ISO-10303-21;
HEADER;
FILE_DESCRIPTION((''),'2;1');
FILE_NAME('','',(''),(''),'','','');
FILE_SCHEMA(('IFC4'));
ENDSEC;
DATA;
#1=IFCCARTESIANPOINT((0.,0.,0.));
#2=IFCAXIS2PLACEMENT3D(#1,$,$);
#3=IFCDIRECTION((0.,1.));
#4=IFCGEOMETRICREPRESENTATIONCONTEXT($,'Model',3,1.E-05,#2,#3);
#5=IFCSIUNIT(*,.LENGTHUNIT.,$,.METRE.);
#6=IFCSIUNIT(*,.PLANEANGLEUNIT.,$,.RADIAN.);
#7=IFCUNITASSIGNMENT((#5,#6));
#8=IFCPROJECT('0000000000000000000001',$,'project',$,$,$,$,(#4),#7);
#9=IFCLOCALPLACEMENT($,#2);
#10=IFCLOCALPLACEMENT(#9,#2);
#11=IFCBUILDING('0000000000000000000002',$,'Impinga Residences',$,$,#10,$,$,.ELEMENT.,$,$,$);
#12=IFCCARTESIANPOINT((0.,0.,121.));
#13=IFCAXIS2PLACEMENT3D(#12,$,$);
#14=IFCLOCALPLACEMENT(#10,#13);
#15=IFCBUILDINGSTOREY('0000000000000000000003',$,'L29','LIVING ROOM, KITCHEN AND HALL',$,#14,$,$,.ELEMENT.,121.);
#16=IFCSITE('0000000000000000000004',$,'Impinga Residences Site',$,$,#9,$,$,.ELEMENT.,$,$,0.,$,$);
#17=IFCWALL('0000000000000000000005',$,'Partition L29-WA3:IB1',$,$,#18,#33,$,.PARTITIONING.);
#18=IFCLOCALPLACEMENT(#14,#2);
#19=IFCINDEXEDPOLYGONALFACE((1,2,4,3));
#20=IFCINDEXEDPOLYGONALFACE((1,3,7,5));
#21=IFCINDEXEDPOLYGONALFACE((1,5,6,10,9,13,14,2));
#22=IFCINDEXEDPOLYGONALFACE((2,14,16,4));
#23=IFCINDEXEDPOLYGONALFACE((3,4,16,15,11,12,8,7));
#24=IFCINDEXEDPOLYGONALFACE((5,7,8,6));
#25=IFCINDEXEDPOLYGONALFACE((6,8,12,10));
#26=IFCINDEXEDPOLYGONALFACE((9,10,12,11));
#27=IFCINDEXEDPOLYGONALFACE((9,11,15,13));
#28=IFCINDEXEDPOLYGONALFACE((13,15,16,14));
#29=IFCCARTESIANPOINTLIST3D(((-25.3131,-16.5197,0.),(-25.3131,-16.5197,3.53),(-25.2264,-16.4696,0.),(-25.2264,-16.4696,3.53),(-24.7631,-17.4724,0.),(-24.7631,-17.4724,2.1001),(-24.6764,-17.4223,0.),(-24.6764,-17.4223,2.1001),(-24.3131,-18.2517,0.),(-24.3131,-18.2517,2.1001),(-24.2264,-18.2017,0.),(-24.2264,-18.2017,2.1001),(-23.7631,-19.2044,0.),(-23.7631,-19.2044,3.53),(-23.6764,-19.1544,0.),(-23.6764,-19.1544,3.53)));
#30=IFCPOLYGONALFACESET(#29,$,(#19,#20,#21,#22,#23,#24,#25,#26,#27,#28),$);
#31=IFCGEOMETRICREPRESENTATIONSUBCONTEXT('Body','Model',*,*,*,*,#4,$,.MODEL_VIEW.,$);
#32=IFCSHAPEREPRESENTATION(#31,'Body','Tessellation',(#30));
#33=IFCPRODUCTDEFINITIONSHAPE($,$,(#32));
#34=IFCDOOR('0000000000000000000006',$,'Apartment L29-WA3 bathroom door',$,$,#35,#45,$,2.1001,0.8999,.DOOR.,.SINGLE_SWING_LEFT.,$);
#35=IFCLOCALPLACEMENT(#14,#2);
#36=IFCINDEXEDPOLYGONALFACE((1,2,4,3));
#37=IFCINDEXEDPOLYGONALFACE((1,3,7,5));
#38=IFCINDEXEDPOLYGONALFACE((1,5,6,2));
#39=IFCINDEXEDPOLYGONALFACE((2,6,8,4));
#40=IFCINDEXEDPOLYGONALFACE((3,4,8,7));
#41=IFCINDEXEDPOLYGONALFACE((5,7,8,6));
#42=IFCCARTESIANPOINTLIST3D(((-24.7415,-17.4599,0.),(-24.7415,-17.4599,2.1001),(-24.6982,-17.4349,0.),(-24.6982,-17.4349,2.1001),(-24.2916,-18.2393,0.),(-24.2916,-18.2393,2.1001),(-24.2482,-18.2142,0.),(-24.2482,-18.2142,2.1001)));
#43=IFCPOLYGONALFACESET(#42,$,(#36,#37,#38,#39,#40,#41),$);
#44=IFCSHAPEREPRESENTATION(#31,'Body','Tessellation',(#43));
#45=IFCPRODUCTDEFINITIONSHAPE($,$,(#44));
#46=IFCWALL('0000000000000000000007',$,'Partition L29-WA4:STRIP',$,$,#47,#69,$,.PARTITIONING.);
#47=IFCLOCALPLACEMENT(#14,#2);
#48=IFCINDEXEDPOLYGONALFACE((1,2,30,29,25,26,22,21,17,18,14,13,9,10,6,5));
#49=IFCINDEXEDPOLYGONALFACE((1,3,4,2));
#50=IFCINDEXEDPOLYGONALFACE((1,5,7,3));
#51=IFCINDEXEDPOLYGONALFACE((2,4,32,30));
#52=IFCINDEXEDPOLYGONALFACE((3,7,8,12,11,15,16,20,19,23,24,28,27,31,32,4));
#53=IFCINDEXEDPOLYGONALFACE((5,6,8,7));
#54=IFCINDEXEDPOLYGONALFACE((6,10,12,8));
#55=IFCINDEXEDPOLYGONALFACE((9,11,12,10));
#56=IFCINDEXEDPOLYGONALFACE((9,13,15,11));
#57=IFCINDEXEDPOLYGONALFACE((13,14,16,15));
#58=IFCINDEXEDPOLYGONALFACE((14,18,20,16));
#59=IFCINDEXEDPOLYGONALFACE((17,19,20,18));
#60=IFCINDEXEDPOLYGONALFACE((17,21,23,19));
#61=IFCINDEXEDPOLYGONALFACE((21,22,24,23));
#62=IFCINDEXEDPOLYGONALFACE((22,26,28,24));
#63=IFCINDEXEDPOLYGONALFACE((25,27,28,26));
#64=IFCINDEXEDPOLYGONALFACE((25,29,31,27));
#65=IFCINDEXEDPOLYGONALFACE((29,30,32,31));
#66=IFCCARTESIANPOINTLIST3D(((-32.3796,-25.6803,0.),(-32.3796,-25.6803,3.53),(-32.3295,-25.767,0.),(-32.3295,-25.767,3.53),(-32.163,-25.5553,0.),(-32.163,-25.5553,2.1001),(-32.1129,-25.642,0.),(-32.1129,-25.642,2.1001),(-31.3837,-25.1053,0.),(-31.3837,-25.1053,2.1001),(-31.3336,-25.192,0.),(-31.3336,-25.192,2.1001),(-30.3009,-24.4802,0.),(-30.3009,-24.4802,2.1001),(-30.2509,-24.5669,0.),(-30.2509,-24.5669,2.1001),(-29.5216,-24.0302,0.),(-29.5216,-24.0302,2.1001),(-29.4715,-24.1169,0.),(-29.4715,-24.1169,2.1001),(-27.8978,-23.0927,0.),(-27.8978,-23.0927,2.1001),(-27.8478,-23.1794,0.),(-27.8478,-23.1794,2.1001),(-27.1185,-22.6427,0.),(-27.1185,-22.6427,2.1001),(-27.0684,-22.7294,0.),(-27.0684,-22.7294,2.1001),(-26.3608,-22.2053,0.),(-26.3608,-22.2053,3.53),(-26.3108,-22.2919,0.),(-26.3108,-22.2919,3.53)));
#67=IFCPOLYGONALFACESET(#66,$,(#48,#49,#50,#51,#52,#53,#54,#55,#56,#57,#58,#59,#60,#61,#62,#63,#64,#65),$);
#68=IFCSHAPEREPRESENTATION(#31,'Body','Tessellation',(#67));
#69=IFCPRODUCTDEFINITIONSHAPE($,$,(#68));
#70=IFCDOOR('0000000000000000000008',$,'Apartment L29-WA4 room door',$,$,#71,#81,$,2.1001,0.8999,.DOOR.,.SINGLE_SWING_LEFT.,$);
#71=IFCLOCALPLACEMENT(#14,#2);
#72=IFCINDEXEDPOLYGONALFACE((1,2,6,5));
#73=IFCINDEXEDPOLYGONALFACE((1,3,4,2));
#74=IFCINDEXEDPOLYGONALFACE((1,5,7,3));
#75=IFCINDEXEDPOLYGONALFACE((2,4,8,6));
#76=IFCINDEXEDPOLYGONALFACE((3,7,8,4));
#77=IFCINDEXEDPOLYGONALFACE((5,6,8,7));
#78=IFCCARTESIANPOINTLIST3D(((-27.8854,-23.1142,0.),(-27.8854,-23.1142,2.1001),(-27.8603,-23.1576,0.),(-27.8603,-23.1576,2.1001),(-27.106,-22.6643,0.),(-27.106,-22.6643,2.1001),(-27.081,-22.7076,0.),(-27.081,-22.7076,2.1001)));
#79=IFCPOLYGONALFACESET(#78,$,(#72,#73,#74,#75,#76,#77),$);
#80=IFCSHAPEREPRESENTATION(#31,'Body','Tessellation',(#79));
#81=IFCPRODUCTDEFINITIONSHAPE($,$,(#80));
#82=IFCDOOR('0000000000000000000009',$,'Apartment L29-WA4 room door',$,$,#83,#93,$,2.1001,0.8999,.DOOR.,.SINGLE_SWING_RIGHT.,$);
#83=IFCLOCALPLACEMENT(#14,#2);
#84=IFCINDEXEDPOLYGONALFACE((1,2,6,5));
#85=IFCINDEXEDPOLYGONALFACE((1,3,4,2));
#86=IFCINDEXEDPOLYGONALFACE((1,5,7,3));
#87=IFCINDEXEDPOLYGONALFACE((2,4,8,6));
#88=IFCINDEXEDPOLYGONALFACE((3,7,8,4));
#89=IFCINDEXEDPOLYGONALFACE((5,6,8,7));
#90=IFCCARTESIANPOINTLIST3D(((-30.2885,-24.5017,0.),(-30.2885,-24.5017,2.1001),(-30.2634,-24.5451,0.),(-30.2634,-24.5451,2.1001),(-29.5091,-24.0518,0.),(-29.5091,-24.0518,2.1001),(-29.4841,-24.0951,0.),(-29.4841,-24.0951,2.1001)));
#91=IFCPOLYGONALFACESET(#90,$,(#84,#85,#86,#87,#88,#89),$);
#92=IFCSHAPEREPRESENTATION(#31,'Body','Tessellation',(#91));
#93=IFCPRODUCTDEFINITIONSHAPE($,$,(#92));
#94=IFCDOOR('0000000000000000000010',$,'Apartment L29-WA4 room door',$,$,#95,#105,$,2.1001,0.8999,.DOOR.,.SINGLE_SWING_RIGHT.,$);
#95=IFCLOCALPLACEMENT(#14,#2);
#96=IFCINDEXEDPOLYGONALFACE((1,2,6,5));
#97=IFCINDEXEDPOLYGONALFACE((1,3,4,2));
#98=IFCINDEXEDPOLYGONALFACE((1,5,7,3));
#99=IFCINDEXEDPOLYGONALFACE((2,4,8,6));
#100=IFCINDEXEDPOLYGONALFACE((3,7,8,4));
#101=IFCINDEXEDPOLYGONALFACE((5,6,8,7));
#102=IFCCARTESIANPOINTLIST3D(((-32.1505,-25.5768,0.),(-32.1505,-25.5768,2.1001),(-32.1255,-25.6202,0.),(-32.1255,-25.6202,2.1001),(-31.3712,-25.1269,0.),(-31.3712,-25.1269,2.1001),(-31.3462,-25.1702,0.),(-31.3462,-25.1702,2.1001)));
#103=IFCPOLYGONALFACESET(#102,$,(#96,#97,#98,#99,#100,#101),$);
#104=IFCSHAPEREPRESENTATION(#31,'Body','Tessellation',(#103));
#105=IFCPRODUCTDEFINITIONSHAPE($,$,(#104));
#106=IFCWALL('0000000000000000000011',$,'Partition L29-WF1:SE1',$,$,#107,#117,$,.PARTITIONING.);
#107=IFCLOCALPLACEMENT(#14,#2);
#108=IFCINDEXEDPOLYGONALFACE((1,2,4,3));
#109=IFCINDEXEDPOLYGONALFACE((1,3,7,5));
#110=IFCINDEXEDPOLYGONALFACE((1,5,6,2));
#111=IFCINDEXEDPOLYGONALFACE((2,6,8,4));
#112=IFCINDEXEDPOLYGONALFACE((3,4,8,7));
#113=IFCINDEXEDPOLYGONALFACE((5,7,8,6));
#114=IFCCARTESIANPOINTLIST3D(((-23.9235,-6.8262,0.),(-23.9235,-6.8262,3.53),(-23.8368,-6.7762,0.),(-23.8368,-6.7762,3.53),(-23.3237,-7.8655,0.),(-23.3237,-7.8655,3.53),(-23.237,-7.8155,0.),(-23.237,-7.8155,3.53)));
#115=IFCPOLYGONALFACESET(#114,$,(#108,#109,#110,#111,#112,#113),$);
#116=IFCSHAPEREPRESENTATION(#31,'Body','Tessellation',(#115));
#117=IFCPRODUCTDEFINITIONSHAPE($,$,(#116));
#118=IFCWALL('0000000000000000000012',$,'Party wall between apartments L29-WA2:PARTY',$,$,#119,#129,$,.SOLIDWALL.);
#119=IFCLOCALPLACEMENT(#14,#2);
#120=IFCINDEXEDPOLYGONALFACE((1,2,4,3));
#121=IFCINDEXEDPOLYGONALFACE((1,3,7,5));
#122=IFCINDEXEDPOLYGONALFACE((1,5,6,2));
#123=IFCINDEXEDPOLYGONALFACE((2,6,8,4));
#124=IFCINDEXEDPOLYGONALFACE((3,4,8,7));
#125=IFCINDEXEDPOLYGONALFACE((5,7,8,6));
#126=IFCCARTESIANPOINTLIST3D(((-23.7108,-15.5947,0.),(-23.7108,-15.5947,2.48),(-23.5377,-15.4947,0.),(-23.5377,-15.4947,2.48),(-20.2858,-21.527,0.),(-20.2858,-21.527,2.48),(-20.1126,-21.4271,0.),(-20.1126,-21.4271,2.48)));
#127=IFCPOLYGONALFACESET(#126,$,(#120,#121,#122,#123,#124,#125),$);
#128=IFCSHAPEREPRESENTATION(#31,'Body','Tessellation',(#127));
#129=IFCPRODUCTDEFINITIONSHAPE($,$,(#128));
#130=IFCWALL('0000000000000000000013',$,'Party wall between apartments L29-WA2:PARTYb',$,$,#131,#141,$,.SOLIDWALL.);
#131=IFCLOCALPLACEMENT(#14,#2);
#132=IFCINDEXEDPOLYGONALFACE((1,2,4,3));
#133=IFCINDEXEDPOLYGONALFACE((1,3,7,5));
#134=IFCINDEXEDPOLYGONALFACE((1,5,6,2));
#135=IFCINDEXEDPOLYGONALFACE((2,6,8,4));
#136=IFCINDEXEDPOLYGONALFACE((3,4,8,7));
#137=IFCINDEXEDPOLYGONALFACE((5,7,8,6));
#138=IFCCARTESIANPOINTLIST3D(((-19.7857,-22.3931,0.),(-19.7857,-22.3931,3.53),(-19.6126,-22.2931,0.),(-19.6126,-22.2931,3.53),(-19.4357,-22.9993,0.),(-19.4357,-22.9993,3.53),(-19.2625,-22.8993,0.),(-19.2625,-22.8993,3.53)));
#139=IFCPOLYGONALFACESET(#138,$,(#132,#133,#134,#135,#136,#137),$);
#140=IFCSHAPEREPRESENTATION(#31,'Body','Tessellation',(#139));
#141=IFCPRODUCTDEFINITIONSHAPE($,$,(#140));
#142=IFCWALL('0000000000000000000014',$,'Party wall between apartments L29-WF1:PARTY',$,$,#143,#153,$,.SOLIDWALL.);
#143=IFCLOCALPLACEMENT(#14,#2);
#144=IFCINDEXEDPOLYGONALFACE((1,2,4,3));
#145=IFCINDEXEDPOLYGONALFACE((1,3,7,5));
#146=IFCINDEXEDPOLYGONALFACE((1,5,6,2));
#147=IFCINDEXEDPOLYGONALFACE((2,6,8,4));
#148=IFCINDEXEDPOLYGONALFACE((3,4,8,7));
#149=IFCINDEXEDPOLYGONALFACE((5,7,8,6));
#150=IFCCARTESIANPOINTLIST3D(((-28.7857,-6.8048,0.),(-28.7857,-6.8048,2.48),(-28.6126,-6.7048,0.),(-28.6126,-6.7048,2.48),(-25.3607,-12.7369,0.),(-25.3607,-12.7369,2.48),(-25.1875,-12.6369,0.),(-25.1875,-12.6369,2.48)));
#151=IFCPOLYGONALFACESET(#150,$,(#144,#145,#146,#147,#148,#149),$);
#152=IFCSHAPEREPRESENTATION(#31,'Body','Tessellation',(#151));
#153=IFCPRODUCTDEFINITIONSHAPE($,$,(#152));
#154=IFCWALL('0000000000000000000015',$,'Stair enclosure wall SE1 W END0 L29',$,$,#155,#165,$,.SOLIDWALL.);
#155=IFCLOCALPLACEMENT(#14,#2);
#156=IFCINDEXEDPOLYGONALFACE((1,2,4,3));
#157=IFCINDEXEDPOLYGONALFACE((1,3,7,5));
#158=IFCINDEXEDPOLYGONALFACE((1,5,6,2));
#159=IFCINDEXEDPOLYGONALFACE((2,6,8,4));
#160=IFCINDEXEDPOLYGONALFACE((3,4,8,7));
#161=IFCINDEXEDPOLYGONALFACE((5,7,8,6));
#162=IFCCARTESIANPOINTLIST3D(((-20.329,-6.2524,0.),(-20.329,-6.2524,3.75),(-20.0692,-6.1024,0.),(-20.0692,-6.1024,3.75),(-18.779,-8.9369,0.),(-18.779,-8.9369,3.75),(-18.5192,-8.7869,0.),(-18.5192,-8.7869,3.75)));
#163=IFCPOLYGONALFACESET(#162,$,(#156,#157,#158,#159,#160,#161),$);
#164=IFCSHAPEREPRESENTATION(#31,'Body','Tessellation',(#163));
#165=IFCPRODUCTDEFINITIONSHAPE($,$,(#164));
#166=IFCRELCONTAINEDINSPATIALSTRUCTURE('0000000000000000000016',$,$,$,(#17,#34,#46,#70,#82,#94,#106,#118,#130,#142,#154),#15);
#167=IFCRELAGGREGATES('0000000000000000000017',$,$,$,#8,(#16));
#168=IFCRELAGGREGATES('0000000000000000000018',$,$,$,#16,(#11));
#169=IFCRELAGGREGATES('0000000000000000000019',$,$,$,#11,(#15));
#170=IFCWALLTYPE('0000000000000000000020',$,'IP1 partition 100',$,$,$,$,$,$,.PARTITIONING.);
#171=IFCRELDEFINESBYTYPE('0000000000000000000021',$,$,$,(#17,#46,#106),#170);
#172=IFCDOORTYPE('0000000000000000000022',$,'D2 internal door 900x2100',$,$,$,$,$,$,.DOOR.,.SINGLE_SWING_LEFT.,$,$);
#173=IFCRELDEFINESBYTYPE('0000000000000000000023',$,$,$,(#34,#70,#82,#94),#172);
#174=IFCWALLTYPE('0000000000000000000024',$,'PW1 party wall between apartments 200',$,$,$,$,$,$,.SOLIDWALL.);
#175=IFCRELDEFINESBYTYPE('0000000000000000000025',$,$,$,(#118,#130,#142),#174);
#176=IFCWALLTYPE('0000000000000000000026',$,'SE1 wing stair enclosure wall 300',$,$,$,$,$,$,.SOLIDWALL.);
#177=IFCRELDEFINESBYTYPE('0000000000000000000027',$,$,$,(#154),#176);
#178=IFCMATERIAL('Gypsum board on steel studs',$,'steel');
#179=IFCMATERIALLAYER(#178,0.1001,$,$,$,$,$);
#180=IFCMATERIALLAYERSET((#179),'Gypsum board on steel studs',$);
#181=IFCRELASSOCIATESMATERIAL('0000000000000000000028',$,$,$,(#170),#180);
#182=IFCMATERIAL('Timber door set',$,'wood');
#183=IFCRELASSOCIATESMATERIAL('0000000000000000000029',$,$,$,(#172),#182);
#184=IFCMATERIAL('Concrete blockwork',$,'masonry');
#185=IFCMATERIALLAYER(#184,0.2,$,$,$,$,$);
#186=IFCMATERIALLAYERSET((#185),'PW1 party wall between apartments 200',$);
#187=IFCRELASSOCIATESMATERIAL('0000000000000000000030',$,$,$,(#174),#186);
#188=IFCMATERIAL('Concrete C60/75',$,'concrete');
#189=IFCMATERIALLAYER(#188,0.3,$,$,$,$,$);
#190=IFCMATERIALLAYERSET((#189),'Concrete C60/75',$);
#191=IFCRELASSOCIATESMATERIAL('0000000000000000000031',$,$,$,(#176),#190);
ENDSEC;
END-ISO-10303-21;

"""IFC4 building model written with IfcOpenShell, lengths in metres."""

from ifc_helpers import new_model, si_unit, direction, frame, frame_2d, origin, place, context, subcontext, project, spatial, rectangle, extrude, material, layer, layer_set, type_object, element, fill, save


model = new_model("IFC4")

# Units and contexts
model_context = context("Model", 3, precision=1e-05, world=origin(), true_north=direction((0.0, 1.0)))
body_context = subcontext(model_context, "Body", "Model", "MODEL_VIEW")
ifc_project = project(units=[si_unit("LENGTHUNIT", "METRE"), si_unit("PLANEANGLEUNIT", "RADIAN")], contexts=[model_context])

# Site, building, storey
site_placement = place(None, origin())
site = spatial("IfcSite", under=ifc_project, at=site_placement, Name="Impinga Residences Site", CompositionType="ELEMENT", RefElevation=0.0)
building_placement = place(site_placement, origin())
building = spatial("IfcBuilding", under=site, at=building_placement, Name="Impinga Residences", CompositionType="ELEMENT")
storey_placement = place(building_placement, frame((0.0, 0.0, 121.0)))
storey = spatial("IfcBuildingStorey", under=building, at=storey_placement, Name="L29", Description="LIVING ROOM, KITCHEN AND HALL", CompositionType="ELEMENT", Elevation=121.0)

# Shared definitions
ifc_material_1 = material(Name="Concrete C60/75", Category="concrete")

# Shared definitions
ifc_material_2 = material(Name="Gypsum board on steel studs", Category="steel")
ifc_layer_1 = layer(ifc_material_2, 0.1001)
ifc_layer_set_1 = layer_set([ifc_layer_1], Name="Gypsum board on steel studs")
wall_type_1 = type_object("IfcWallType", Name="IP1 partition 100", PredefinedType="PARTITIONING", material=ifc_layer_set_1)

# Shared definitions
ifc_material_3 = material(Name="Timber door set", Category="wood")
door_type = type_object("IfcDoorType", Name="D2 internal door 900x2100", OperationType="SINGLE_SWING_LEFT", PredefinedType="DOOR", material=ifc_material_3)

# Wall, opening, door
wall_1_placement = place(storey_placement, frame((-25.2698, -16.4946, 0.0), z_axis=(0.0, 0.0, 1.0), x_axis=(0.499993, -0.86603, 0.0)))
wall_1 = element("IfcWall", 1, at=wall_1_placement, inside=storey, type_object=wall_type_1, Name="Partition L29-WA3:IB1", PredefinedType="PARTITIONING", context=body_context, shape_type="SweptSolid", body=[
    extrude(rectangle(XDim=3.1001, YDim=0.1001, at=frame_2d((1.55, 0.0))), origin(), (0.0, 0.0, 1.0), 3.53),
])
opening_1_placement = place(wall_1_placement, frame((1.1001, 0.0, 0.0)))
opening_1 = element("IfcOpeningElement", 2, at=opening_1_placement, cuts=wall_1, PredefinedType="OPENING", context=body_context, shape_type="SweptSolid", body=[
    extrude(rectangle(XDim=0.8999, YDim=2.1001, at=frame_2d((0.45, 1.05))), frame((0.0, 0.0601, 0.0), z_axis=(0.0, -1.0, 0.0), x_axis=(1.0, 0.0, 0.0)), (0.0, 0.0, 1.0), 0.1201),
])
door_1_placement = place(opening_1_placement, origin())
door_1 = element("IfcDoor", 3, at=door_1_placement, inside=storey, type_object=door_type, Name="Apartment L29-WA3 bathroom door", OperationType="SINGLE_SWING_LEFT", OverallHeight=2.1001, OverallWidth=0.8999, PredefinedType="DOOR", context=body_context, shape_type="SweptSolid", body=[
    extrude(rectangle(XDim=0.8999, YDim=2.1001, at=frame_2d((0.45, 1.05))), frame((0.0, 0.0249, 0.0), z_axis=(0.0, -1.0, 0.0), x_axis=(1.0, 0.0, 0.0)), (0.0, 0.0, 1.0), 0.05),
])
fill(opening_1, door_1)

# Wall, openings, doors
wall_2_placement = place(storey_placement, frame((-26.3357, -22.2485, 0.0), z_axis=(0.0, 0.0, 1.0), x_axis=(-0.866017, -0.500015, 0.0)))
wall_2 = element("IfcWall", 4, at=wall_2_placement, inside=storey, type_object=wall_type_1, Name="Partition L29-WA4:STRIP", PredefinedType="PARTITIONING", context=body_context, shape_type="SweptSolid", body=[
    extrude(rectangle(XDim=6.95, YDim=0.1001, at=frame_2d((3.4751, 0.0))), origin(), (0.0, 0.0, 1.0), 3.53),
])
opening_2_placement = place(wall_2_placement, frame((0.875, 0.0, 0.0)))
opening_2 = element("IfcOpeningElement", 5, at=opening_2_placement, cuts=wall_2, PredefinedType="OPENING", context=body_context, shape_type="SweptSolid", body=[
    extrude(rectangle(XDim=0.8999, YDim=2.1001, at=frame_2d((0.45, 1.05))), frame((0.0, 0.0601, 0.0), z_axis=(0.0, -1.0, 0.0), x_axis=(1.0, 0.0, 0.0)), (0.0, 0.0, 1.0), 0.1201),
])
opening_3_placement = place(wall_2_placement, frame((3.6499, 0.0, 0.0)))
opening_3 = element("IfcOpeningElement", 6, at=opening_3_placement, cuts=wall_2, PredefinedType="OPENING", context=body_context, shape_type="SweptSolid", body=[
    extrude(rectangle(XDim=0.8999, YDim=2.1001, at=frame_2d((0.45, 1.05))), frame((0.0, 0.0601, 0.0), z_axis=(0.0, -1.0, 0.0), x_axis=(1.0, 0.0, 0.0)), (0.0, 0.0, 1.0), 0.1201),
])
opening_4_placement = place(wall_2_placement, frame((5.8, 0.0, 0.0)))
opening_4 = element("IfcOpeningElement", 7, at=opening_4_placement, cuts=wall_2, PredefinedType="OPENING", context=body_context, shape_type="SweptSolid", body=[
    extrude(rectangle(XDim=0.8999, YDim=2.1001, at=frame_2d((0.45, 1.05))), frame((0.0, 0.0601, 0.0), z_axis=(0.0, -1.0, 0.0), x_axis=(1.0, 0.0, 0.0)), (0.0, 0.0, 1.0), 0.1201),
])
door_2_placement = place(opening_2_placement, origin())
door_2 = element("IfcDoor", 8, at=door_2_placement, inside=storey, type_object=door_type, Name="Apartment L29-WA4 room door", OperationType="SINGLE_SWING_LEFT", OverallHeight=2.1001, OverallWidth=0.8999, PredefinedType="DOOR", context=body_context, shape_type="SweptSolid", body=[
    extrude(rectangle(XDim=0.8999, YDim=2.1001, at=frame_2d((0.45, 1.05))), frame((0.0, 0.0249, 0.0), z_axis=(0.0, -1.0, 0.0), x_axis=(1.0, 0.0, 0.0)), (0.0, 0.0, 1.0), 0.05),
])
fill(opening_2, door_2)
door_3_placement = place(opening_3_placement, origin())
door_3 = element("IfcDoor", 9, at=door_3_placement, inside=storey, type_object=door_type, Name="Apartment L29-WA4 room door", OperationType="SINGLE_SWING_RIGHT", OverallHeight=2.1001, OverallWidth=0.8999, PredefinedType="DOOR", context=body_context, shape_type="SweptSolid", body=[
    extrude(rectangle(XDim=0.8999, YDim=2.1001, at=frame_2d((0.45, 1.05))), frame((0.0, 0.0249, 0.0), z_axis=(0.0, -1.0, 0.0), x_axis=(1.0, 0.0, 0.0)), (0.0, 0.0, 1.0), 0.05),
])
fill(opening_3, door_3)
door_4_placement = place(opening_4_placement, origin())
door_4 = element("IfcDoor", 10, at=door_4_placement, inside=storey, type_object=door_type, Name="Apartment L29-WA4 room door", OperationType="SINGLE_SWING_RIGHT", OverallHeight=2.1001, OverallWidth=0.8999, PredefinedType="DOOR", context=body_context, shape_type="SweptSolid", body=[
    extrude(rectangle(XDim=0.8999, YDim=2.1001, at=frame_2d((0.45, 1.05))), frame((0.0, 0.0249, 0.0), z_axis=(0.0, -1.0, 0.0), x_axis=(1.0, 0.0, 0.0)), (0.0, 0.0, 1.0), 0.05),
])
fill(opening_4, door_4)

# Walls
wall_3_placement = place(storey_placement, frame((-23.2803, -7.8406, 0.0), z_axis=(0.0, 0.0, 1.0), x_axis=(-0.499881, 0.866094, 0.0)))
element("IfcWall", 11, at=wall_3_placement, inside=storey, type_object=wall_type_1, Name="Partition L29-WF1:SE1", PredefinedType="PARTITIONING", context=body_context, shape_type="SweptSolid", body=[
    extrude(rectangle(XDim=1.2, YDim=0.1001, at=frame_2d((0.6001, 0.0))), origin(), (0.0, 0.0, 1.0), 3.53),
])
ifc_material_4 = material(Name="Concrete blockwork", Category="masonry")
ifc_layer_2 = layer(ifc_material_4, 0.2)
ifc_layer_set_2 = layer_set([ifc_layer_2], Name="PW1 party wall between apartments 200")
wall_type_2 = type_object("IfcWallType", Name="PW1 party wall between apartments 200", PredefinedType="SOLIDWALL", material=ifc_layer_set_2)
wall_4_placement = place(storey_placement, frame((-23.6243, -15.5447, 0.0), z_axis=(0.0, 0.0, 1.0), x_axis=(0.499999, -0.866026, 0.0)))
element("IfcWall", 12, at=wall_4_placement, inside=storey, type_object=wall_type_2, Name="Party wall between apartments L29-WA2:PARTY", PredefinedType="SOLIDWALL", context=body_context, shape_type="SweptSolid", body=[
    extrude(rectangle(XDim=6.8501, YDim=0.2, at=frame_2d((3.425, 0.0))), origin(), (0.0, 0.0, 1.0), 2.48),
])
wall_5_placement = place(storey_placement, frame((-19.6992, -22.343, 0.0), z_axis=(0.0, 0.0, 1.0), x_axis=(0.500115, -0.865959, 0.0)))
element("IfcWall", 13, at=wall_5_placement, inside=storey, type_object=wall_type_2, Name="Party wall between apartments L29-WA2:PARTYb", PredefinedType="SOLIDWALL", context=body_context, shape_type="SweptSolid", body=[
    extrude(rectangle(XDim=0.7, YDim=0.2, at=frame_2d((0.3501, 0.0))), origin(), (0.0, 0.0, 1.0), 3.53),
])
wall_6_placement = place(storey_placement, frame((-25.2742, -12.6868, 0.0), z_axis=(0.0, 0.0, 1.0), x_axis=(-0.500015, 0.866017, 0.0)))
element("IfcWall", 14, at=wall_6_placement, inside=storey, type_object=wall_type_2, Name="Party wall between apartments L29-WF1:PARTY", PredefinedType="SOLIDWALL", context=body_context, shape_type="SweptSolid", body=[
    extrude(rectangle(XDim=6.8499, YDim=0.2, at=frame_2d((3.4248, 0.0))), origin(), (0.0, 0.0, 1.0), 2.48),
])
ifc_layer_3 = layer(ifc_material_1, 0.3)
ifc_layer_set_3 = layer_set([ifc_layer_3], Name="Concrete C60/75")
wall_type_3 = type_object("IfcWallType", Name="SE1 wing stair enclosure wall 300", PredefinedType="SOLIDWALL", material=ifc_layer_set_3)
wall_7_placement = place(storey_placement, frame((-18.6492, -8.8618, 0.0), z_axis=(0.0, 0.0, 1.0), x_axis=(-0.500027, 0.86601, 0.0)))
element("IfcWall", 15, at=wall_7_placement, inside=storey, type_object=wall_type_3, Name="Stair enclosure wall SE1 W END0 L29", PredefinedType="SOLIDWALL", context=body_context, shape_type="SweptSolid", body=[
    extrude(rectangle(XDim=3.0999, YDim=0.3, at=frame_2d((1.5498, 0.0))), origin(), (0.0, 0.0, 1.0), 3.75),
])

save(model, "model.ifc")
